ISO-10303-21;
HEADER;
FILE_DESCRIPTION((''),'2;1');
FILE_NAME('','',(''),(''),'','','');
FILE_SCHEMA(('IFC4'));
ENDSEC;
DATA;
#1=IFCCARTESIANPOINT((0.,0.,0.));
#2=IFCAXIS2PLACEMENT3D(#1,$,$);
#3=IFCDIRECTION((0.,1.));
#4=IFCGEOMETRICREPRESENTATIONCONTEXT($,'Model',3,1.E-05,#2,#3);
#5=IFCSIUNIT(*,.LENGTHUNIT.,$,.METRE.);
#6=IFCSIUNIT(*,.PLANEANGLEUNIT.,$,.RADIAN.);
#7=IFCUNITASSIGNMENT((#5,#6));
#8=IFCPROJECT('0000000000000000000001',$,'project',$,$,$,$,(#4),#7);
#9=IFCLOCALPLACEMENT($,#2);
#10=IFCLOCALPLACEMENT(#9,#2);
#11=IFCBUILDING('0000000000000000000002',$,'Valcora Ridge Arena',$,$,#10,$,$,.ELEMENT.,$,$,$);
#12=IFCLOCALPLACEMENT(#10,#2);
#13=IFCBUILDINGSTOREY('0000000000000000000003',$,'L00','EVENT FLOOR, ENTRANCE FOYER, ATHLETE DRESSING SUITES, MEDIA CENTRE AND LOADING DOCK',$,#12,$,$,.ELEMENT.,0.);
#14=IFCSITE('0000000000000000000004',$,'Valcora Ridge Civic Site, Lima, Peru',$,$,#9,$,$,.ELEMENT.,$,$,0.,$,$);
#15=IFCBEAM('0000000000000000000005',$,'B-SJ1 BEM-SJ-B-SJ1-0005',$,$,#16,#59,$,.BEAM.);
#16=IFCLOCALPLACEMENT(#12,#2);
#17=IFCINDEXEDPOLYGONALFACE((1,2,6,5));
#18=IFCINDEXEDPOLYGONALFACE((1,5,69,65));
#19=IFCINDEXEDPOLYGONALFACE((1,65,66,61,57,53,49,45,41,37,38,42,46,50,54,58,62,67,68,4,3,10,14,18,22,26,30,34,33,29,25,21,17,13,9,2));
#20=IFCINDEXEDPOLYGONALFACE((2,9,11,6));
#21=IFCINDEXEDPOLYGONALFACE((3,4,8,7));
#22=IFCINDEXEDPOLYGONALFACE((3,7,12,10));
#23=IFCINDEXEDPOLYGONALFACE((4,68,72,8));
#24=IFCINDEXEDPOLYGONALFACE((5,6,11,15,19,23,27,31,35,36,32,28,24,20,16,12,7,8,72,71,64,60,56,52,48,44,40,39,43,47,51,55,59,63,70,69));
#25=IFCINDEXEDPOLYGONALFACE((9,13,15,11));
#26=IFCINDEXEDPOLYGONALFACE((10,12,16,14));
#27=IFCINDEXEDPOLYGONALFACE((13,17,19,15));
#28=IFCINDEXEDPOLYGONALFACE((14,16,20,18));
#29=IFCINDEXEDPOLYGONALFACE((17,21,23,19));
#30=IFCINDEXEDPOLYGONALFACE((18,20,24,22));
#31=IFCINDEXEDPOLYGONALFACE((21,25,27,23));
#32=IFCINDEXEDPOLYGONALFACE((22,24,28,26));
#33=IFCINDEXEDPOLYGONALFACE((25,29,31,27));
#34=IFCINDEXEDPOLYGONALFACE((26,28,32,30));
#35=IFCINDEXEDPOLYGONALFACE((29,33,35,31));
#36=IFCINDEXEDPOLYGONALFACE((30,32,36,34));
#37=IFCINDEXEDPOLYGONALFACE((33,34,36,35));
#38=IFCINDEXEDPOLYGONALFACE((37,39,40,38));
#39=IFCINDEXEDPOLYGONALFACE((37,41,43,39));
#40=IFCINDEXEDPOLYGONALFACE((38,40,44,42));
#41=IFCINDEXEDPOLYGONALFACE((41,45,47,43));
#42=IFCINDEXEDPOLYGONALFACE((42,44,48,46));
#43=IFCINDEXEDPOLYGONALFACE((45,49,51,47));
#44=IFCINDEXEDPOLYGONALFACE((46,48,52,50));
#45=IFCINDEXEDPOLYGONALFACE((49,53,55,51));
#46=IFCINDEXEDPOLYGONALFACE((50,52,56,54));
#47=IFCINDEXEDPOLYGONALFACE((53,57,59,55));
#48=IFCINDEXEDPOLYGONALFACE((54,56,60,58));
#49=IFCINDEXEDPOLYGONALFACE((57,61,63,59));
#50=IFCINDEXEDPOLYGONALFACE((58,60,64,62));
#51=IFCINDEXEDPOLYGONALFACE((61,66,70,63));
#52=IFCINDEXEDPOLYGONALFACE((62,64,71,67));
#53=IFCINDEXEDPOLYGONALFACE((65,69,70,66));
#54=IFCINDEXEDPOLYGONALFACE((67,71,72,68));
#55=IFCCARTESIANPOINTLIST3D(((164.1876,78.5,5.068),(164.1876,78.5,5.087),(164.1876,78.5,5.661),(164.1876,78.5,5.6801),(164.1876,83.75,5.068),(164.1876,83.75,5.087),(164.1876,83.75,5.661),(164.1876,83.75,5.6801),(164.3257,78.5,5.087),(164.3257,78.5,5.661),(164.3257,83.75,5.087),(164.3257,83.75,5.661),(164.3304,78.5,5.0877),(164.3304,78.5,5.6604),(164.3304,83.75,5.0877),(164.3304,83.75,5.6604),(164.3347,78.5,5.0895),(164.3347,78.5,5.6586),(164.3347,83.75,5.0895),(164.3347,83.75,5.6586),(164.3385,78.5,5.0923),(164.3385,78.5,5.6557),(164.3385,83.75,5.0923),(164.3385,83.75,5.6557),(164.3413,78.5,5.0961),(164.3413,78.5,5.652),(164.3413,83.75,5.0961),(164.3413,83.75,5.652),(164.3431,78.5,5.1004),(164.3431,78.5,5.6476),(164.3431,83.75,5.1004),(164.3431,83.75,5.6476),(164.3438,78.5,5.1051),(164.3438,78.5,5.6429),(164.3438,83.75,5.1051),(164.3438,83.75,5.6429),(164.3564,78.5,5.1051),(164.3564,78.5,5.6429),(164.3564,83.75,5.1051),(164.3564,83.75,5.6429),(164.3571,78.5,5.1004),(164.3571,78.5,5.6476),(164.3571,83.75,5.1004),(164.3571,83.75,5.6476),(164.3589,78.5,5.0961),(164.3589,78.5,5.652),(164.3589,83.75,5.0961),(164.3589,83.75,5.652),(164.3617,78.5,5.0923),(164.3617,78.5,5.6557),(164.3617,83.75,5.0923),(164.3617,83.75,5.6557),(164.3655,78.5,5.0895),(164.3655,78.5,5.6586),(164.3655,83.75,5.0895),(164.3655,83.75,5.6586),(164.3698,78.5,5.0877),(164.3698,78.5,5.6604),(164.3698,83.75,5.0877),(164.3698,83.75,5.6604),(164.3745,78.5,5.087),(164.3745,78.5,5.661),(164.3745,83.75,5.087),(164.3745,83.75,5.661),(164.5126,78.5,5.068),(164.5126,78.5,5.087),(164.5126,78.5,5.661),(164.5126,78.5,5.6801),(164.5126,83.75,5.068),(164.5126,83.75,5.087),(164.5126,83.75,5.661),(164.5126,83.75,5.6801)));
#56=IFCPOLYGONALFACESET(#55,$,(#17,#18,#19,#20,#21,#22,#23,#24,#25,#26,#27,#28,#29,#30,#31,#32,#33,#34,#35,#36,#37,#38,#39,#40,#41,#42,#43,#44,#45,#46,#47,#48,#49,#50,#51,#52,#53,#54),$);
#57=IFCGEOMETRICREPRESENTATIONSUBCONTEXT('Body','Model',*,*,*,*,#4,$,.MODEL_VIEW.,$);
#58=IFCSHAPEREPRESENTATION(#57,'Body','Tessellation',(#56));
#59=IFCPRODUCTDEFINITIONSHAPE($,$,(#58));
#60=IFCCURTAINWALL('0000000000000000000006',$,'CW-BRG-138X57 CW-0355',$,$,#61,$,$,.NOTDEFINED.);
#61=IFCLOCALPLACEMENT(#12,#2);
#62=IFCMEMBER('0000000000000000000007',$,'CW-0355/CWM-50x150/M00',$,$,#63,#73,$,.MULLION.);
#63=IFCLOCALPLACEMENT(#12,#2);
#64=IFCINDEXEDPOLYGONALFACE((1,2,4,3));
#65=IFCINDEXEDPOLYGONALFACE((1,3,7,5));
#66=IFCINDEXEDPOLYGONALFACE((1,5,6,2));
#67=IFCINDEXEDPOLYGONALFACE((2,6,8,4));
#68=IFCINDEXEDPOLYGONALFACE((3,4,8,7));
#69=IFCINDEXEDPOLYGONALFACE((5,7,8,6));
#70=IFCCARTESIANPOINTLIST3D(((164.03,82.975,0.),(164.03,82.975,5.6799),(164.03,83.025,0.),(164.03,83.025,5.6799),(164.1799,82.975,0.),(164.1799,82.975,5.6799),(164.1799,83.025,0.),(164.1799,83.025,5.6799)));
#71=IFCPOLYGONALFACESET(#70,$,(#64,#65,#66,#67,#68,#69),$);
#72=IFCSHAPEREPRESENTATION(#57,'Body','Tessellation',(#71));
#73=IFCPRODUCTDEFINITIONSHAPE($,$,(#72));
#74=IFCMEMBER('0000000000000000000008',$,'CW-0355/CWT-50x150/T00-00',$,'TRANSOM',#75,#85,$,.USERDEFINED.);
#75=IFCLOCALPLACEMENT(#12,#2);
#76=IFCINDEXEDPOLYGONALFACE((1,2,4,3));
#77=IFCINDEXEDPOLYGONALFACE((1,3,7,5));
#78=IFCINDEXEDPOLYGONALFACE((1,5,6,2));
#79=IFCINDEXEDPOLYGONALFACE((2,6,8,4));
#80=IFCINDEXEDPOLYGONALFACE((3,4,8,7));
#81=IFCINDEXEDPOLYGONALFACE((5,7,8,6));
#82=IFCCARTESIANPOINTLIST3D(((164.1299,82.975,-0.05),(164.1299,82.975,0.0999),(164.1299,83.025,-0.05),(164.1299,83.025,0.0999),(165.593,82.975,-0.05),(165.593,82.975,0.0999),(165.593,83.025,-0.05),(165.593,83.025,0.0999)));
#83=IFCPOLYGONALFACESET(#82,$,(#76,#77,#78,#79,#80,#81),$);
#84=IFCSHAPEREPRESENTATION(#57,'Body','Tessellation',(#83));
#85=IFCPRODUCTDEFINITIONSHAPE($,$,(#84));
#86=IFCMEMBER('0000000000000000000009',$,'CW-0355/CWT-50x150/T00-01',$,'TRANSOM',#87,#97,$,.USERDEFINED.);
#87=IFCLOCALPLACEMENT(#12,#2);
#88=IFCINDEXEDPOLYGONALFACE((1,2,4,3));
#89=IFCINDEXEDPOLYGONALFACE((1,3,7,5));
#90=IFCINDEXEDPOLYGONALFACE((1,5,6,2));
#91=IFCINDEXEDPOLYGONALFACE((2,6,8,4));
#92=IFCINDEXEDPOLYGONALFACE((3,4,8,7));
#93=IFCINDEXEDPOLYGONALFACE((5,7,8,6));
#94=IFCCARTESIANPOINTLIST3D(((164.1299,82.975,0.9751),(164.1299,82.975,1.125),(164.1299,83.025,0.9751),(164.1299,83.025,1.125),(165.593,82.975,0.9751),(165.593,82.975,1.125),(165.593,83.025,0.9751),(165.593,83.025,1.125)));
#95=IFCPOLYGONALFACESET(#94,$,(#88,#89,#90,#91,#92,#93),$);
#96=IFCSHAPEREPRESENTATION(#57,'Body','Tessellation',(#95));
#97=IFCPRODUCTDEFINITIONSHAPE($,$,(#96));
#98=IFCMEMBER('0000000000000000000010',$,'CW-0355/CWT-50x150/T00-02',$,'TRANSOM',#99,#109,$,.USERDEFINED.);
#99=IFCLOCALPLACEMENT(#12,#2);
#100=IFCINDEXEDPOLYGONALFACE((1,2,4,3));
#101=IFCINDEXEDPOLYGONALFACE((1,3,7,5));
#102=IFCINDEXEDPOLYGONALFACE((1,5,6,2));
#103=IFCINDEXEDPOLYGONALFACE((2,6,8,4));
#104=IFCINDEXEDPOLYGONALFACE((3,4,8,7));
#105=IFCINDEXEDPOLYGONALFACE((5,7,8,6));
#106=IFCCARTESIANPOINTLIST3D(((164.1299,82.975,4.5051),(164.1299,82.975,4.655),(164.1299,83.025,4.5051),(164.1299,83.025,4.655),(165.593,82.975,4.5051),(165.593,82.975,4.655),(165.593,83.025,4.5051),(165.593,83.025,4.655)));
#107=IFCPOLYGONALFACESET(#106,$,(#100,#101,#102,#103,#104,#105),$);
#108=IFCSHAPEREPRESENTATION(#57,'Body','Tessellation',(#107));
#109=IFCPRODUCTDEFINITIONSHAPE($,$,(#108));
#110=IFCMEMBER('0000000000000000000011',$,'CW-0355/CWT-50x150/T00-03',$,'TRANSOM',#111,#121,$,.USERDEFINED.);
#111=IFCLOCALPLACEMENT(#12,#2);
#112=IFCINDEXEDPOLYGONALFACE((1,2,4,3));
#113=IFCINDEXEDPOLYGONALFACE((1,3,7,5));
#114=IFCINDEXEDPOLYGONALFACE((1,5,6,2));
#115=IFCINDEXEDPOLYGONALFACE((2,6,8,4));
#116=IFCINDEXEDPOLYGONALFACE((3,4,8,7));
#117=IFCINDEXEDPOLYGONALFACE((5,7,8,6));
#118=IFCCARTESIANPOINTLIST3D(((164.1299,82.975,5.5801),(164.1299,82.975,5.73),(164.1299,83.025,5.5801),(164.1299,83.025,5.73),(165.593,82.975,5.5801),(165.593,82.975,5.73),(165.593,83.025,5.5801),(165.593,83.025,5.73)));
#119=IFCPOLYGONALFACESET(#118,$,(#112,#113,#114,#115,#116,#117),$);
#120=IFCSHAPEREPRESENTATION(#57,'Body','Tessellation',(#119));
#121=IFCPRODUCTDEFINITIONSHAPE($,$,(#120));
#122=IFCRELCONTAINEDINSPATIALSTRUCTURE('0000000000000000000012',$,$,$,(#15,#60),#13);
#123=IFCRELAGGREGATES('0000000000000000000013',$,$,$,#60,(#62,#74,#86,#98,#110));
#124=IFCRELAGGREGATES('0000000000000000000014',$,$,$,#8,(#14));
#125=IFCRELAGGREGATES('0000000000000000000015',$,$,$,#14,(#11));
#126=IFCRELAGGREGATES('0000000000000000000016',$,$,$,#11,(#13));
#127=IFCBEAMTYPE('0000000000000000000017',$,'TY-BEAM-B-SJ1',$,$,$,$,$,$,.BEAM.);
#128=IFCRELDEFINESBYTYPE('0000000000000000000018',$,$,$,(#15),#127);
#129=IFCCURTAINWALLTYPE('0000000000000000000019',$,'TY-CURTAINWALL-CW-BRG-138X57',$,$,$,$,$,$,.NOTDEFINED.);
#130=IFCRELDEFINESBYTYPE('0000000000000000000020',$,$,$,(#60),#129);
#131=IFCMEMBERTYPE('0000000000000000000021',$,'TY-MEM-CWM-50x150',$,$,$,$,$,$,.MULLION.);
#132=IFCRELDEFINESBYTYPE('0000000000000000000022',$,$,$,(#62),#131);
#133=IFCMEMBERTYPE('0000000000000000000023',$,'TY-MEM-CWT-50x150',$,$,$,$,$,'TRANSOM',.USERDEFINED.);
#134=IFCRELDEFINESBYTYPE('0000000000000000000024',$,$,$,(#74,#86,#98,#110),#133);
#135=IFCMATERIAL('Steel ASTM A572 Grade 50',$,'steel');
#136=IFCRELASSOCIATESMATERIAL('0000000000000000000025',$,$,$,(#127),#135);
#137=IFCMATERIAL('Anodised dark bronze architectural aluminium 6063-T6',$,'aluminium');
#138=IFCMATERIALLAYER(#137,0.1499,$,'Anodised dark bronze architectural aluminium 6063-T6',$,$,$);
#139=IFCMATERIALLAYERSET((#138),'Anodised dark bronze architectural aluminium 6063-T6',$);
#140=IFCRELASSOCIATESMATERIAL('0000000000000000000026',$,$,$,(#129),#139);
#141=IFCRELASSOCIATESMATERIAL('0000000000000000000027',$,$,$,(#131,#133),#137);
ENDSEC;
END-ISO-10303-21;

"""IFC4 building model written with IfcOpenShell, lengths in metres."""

from ifc_helpers import new_model, si_unit, direction, frame, origin, origin_2d, place, context, subcontext, project, spatial, rectangle, i_section, extrude, material, layer, layer_set, material_profile, profile_set, type_object, element, aggregate, save


model = new_model("IFC4")

# Units and contexts
model_context = context("Model", 3, precision=1e-05, world=origin(), true_north=direction((0.0, 1.0)))
body_context = subcontext(model_context, "Body", "Model", "MODEL_VIEW")
ifc_project = project(units=[si_unit("LENGTHUNIT", "METRE"), si_unit("PLANEANGLEUNIT", "RADIAN")], contexts=[model_context])

# Site, building, storey
site_placement = place(None, origin())
site = spatial("IfcSite", under=ifc_project, at=site_placement, Name="Valcora Ridge Civic Site, Lima, Peru", CompositionType="ELEMENT", RefElevation=0.0)
building_placement = place(site_placement, origin())
building = spatial("IfcBuilding", under=site, at=building_placement, Name="Valcora Ridge Arena", CompositionType="ELEMENT")
storey_placement = place(building_placement, origin())
storey = spatial("IfcBuildingStorey", under=building, at=storey_placement, Name="L00", Description="EVENT FLOOR, ENTRANCE FOYER, ATHLETE DRESSING SUITES, MEDIA CENTRE AND LOADING DOCK", CompositionType="ELEMENT", Elevation=0.0)

# Beam
ifc_material_1 = material(Name="Steel ASTM A572 Grade 50", Category="steel")
ifc_material_profile_1 = material_profile(ifc_material_1, i_section(OverallWidth=0.325, OverallDepth=0.6121, WebThickness=0.0127, FlangeThickness=0.019, FilletRadius=0.0181, at=origin_2d()), Name="W24X104")
ifc_profile_set_1 = profile_set([ifc_material_profile_1], Name="Steel ASTM A572 Grade 50")
beam_type = type_object("IfcBeamType", Name="TY-BEAM-B-SJ1", PredefinedType="BEAM", material=ifc_profile_set_1)
beam_placement = place(storey_placement, frame((164.3501, 78.5, 5.374), z_axis=(0.0, 1.0, 0.0), x_axis=(-1.0, 0.0, 0.0)))
element("IfcBeam", 1, at=beam_placement, inside=storey, type_object=beam_type, Name="B-SJ1 BEM-SJ-B-SJ1-0005", PredefinedType="BEAM", context=body_context, shape_type="SweptSolid", body=[
    extrude(i_section(OverallWidth=0.325, OverallDepth=0.6121, WebThickness=0.0127, FlangeThickness=0.019, FilletRadius=0.0181, at=origin_2d()), origin(), (0.0, 0.0, 1.0), 5.25),
])

# Curtain wall, members
ifc_material_2 = material(Name="Anodised dark bronze architectural aluminium 6063-T6", Category="aluminium")
ifc_layer_1 = layer(ifc_material_2, 0.1499, Name="Anodised dark bronze architectural aluminium 6063-T6")
ifc_layer_set_1 = layer_set([ifc_layer_1], Name="Anodised dark bronze architectural aluminium 6063-T6")
curtain_wall_type = type_object("IfcCurtainWallType", Name="TY-CURTAINWALL-CW-BRG-138X57", PredefinedType="NOTDEFINED", material=ifc_layer_set_1)
curtain_wall_placement = place(storey_placement, origin())
curtain_wall = element("IfcCurtainWall", 2, at=curtain_wall_placement, inside=storey, type_object=curtain_wall_type, Name="CW-BRG-138X57 CW-0355", PredefinedType="NOTDEFINED")
ifc_material_profile_2 = material_profile(ifc_material_2, rectangle(XDim=0.05, YDim=0.1499, at=origin_2d()), Name="ALU MULLION 50x150")
ifc_profile_set_2 = profile_set([ifc_material_profile_2], Name="Anodised dark bronze architectural aluminium 6063-T6")
member_type_1 = type_object("IfcMemberType", Name="TY-MEM-CWM-50x150", PredefinedType="MULLION", material=ifc_profile_set_2)
member_1_placement = place(storey_placement, frame((164.105, 83.0, 0.0), z_axis=(0.0, 0.0, 1.0), x_axis=(0.0, 1.0, 0.0)))
member_1 = element("IfcMember", 3, at=member_1_placement, type_object=member_type_1, Name="CW-0355/CWM-50x150/M00", PredefinedType="MULLION", context=body_context, shape_type="SweptSolid", body=[
    extrude(rectangle(XDim=0.05, YDim=0.1499, at=origin_2d()), origin(), (0.0, 0.0, 1.0), 5.6799),
])
ifc_material_profile_3 = material_profile(ifc_material_2, rectangle(XDim=0.05, YDim=0.1499, at=origin_2d()), Name="ALU TRANSOM 50x150")
ifc_profile_set_3 = profile_set([ifc_material_profile_3], Name="Anodised dark bronze architectural aluminium 6063-T6")
member_type_2 = type_object("IfcMemberType", Name="TY-MEM-CWT-50x150", ElementType="TRANSOM", PredefinedType="USERDEFINED", material=ifc_profile_set_3)
member_2_placement = place(storey_placement, frame((164.1299, 83.0, 0.0249), z_axis=(1.0, 0.0, 0.0), x_axis=(0.0, 1.0, 0.0)))
member_2 = element("IfcMember", 4, at=member_2_placement, type_object=member_type_2, Name="CW-0355/CWT-50x150/T00-00", ObjectType="TRANSOM", PredefinedType="USERDEFINED", context=body_context, shape_type="SweptSolid", body=[
    extrude(rectangle(XDim=0.05, YDim=0.1499, at=origin_2d()), origin(), (0.0, 0.0, 1.0), 1.4631),
])
member_3_placement = place(storey_placement, frame((164.1299, 83.0, 1.05), z_axis=(1.0, 0.0, 0.0), x_axis=(0.0, 1.0, 0.0)))
member_3 = element("IfcMember", 5, at=member_3_placement, type_object=member_type_2, Name="CW-0355/CWT-50x150/T00-01", ObjectType="TRANSOM", PredefinedType="USERDEFINED", context=body_context, shape_type="SweptSolid", body=[
    extrude(rectangle(XDim=0.05, YDim=0.1499, at=origin_2d()), origin(), (0.0, 0.0, 1.0), 1.4631),
])
member_4_placement = place(storey_placement, frame((164.1299, 83.0, 4.5801), z_axis=(1.0, 0.0, 0.0), x_axis=(0.0, 1.0, 0.0)))
member_4 = element("IfcMember", 6, at=member_4_placement, type_object=member_type_2, Name="CW-0355/CWT-50x150/T00-02", ObjectType="TRANSOM", PredefinedType="USERDEFINED", context=body_context, shape_type="SweptSolid", body=[
    extrude(rectangle(XDim=0.05, YDim=0.1499, at=origin_2d()), origin(), (0.0, 0.0, 1.0), 1.4631),
])
member_5_placement = place(storey_placement, frame((164.1299, 83.0, 5.655), z_axis=(1.0, 0.0, 0.0), x_axis=(0.0, 1.0, 0.0)))
member_5 = element("IfcMember", 7, at=member_5_placement, type_object=member_type_2, Name="CW-0355/CWT-50x150/T00-03", ObjectType="TRANSOM", PredefinedType="USERDEFINED", context=body_context, shape_type="SweptSolid", body=[
    extrude(rectangle(XDim=0.05, YDim=0.1499, at=origin_2d()), origin(), (0.0, 0.0, 1.0), 1.4631),
])
aggregate(curtain_wall, [member_1, member_2, member_3, member_4, member_5])

save(model, "model.ifc")
